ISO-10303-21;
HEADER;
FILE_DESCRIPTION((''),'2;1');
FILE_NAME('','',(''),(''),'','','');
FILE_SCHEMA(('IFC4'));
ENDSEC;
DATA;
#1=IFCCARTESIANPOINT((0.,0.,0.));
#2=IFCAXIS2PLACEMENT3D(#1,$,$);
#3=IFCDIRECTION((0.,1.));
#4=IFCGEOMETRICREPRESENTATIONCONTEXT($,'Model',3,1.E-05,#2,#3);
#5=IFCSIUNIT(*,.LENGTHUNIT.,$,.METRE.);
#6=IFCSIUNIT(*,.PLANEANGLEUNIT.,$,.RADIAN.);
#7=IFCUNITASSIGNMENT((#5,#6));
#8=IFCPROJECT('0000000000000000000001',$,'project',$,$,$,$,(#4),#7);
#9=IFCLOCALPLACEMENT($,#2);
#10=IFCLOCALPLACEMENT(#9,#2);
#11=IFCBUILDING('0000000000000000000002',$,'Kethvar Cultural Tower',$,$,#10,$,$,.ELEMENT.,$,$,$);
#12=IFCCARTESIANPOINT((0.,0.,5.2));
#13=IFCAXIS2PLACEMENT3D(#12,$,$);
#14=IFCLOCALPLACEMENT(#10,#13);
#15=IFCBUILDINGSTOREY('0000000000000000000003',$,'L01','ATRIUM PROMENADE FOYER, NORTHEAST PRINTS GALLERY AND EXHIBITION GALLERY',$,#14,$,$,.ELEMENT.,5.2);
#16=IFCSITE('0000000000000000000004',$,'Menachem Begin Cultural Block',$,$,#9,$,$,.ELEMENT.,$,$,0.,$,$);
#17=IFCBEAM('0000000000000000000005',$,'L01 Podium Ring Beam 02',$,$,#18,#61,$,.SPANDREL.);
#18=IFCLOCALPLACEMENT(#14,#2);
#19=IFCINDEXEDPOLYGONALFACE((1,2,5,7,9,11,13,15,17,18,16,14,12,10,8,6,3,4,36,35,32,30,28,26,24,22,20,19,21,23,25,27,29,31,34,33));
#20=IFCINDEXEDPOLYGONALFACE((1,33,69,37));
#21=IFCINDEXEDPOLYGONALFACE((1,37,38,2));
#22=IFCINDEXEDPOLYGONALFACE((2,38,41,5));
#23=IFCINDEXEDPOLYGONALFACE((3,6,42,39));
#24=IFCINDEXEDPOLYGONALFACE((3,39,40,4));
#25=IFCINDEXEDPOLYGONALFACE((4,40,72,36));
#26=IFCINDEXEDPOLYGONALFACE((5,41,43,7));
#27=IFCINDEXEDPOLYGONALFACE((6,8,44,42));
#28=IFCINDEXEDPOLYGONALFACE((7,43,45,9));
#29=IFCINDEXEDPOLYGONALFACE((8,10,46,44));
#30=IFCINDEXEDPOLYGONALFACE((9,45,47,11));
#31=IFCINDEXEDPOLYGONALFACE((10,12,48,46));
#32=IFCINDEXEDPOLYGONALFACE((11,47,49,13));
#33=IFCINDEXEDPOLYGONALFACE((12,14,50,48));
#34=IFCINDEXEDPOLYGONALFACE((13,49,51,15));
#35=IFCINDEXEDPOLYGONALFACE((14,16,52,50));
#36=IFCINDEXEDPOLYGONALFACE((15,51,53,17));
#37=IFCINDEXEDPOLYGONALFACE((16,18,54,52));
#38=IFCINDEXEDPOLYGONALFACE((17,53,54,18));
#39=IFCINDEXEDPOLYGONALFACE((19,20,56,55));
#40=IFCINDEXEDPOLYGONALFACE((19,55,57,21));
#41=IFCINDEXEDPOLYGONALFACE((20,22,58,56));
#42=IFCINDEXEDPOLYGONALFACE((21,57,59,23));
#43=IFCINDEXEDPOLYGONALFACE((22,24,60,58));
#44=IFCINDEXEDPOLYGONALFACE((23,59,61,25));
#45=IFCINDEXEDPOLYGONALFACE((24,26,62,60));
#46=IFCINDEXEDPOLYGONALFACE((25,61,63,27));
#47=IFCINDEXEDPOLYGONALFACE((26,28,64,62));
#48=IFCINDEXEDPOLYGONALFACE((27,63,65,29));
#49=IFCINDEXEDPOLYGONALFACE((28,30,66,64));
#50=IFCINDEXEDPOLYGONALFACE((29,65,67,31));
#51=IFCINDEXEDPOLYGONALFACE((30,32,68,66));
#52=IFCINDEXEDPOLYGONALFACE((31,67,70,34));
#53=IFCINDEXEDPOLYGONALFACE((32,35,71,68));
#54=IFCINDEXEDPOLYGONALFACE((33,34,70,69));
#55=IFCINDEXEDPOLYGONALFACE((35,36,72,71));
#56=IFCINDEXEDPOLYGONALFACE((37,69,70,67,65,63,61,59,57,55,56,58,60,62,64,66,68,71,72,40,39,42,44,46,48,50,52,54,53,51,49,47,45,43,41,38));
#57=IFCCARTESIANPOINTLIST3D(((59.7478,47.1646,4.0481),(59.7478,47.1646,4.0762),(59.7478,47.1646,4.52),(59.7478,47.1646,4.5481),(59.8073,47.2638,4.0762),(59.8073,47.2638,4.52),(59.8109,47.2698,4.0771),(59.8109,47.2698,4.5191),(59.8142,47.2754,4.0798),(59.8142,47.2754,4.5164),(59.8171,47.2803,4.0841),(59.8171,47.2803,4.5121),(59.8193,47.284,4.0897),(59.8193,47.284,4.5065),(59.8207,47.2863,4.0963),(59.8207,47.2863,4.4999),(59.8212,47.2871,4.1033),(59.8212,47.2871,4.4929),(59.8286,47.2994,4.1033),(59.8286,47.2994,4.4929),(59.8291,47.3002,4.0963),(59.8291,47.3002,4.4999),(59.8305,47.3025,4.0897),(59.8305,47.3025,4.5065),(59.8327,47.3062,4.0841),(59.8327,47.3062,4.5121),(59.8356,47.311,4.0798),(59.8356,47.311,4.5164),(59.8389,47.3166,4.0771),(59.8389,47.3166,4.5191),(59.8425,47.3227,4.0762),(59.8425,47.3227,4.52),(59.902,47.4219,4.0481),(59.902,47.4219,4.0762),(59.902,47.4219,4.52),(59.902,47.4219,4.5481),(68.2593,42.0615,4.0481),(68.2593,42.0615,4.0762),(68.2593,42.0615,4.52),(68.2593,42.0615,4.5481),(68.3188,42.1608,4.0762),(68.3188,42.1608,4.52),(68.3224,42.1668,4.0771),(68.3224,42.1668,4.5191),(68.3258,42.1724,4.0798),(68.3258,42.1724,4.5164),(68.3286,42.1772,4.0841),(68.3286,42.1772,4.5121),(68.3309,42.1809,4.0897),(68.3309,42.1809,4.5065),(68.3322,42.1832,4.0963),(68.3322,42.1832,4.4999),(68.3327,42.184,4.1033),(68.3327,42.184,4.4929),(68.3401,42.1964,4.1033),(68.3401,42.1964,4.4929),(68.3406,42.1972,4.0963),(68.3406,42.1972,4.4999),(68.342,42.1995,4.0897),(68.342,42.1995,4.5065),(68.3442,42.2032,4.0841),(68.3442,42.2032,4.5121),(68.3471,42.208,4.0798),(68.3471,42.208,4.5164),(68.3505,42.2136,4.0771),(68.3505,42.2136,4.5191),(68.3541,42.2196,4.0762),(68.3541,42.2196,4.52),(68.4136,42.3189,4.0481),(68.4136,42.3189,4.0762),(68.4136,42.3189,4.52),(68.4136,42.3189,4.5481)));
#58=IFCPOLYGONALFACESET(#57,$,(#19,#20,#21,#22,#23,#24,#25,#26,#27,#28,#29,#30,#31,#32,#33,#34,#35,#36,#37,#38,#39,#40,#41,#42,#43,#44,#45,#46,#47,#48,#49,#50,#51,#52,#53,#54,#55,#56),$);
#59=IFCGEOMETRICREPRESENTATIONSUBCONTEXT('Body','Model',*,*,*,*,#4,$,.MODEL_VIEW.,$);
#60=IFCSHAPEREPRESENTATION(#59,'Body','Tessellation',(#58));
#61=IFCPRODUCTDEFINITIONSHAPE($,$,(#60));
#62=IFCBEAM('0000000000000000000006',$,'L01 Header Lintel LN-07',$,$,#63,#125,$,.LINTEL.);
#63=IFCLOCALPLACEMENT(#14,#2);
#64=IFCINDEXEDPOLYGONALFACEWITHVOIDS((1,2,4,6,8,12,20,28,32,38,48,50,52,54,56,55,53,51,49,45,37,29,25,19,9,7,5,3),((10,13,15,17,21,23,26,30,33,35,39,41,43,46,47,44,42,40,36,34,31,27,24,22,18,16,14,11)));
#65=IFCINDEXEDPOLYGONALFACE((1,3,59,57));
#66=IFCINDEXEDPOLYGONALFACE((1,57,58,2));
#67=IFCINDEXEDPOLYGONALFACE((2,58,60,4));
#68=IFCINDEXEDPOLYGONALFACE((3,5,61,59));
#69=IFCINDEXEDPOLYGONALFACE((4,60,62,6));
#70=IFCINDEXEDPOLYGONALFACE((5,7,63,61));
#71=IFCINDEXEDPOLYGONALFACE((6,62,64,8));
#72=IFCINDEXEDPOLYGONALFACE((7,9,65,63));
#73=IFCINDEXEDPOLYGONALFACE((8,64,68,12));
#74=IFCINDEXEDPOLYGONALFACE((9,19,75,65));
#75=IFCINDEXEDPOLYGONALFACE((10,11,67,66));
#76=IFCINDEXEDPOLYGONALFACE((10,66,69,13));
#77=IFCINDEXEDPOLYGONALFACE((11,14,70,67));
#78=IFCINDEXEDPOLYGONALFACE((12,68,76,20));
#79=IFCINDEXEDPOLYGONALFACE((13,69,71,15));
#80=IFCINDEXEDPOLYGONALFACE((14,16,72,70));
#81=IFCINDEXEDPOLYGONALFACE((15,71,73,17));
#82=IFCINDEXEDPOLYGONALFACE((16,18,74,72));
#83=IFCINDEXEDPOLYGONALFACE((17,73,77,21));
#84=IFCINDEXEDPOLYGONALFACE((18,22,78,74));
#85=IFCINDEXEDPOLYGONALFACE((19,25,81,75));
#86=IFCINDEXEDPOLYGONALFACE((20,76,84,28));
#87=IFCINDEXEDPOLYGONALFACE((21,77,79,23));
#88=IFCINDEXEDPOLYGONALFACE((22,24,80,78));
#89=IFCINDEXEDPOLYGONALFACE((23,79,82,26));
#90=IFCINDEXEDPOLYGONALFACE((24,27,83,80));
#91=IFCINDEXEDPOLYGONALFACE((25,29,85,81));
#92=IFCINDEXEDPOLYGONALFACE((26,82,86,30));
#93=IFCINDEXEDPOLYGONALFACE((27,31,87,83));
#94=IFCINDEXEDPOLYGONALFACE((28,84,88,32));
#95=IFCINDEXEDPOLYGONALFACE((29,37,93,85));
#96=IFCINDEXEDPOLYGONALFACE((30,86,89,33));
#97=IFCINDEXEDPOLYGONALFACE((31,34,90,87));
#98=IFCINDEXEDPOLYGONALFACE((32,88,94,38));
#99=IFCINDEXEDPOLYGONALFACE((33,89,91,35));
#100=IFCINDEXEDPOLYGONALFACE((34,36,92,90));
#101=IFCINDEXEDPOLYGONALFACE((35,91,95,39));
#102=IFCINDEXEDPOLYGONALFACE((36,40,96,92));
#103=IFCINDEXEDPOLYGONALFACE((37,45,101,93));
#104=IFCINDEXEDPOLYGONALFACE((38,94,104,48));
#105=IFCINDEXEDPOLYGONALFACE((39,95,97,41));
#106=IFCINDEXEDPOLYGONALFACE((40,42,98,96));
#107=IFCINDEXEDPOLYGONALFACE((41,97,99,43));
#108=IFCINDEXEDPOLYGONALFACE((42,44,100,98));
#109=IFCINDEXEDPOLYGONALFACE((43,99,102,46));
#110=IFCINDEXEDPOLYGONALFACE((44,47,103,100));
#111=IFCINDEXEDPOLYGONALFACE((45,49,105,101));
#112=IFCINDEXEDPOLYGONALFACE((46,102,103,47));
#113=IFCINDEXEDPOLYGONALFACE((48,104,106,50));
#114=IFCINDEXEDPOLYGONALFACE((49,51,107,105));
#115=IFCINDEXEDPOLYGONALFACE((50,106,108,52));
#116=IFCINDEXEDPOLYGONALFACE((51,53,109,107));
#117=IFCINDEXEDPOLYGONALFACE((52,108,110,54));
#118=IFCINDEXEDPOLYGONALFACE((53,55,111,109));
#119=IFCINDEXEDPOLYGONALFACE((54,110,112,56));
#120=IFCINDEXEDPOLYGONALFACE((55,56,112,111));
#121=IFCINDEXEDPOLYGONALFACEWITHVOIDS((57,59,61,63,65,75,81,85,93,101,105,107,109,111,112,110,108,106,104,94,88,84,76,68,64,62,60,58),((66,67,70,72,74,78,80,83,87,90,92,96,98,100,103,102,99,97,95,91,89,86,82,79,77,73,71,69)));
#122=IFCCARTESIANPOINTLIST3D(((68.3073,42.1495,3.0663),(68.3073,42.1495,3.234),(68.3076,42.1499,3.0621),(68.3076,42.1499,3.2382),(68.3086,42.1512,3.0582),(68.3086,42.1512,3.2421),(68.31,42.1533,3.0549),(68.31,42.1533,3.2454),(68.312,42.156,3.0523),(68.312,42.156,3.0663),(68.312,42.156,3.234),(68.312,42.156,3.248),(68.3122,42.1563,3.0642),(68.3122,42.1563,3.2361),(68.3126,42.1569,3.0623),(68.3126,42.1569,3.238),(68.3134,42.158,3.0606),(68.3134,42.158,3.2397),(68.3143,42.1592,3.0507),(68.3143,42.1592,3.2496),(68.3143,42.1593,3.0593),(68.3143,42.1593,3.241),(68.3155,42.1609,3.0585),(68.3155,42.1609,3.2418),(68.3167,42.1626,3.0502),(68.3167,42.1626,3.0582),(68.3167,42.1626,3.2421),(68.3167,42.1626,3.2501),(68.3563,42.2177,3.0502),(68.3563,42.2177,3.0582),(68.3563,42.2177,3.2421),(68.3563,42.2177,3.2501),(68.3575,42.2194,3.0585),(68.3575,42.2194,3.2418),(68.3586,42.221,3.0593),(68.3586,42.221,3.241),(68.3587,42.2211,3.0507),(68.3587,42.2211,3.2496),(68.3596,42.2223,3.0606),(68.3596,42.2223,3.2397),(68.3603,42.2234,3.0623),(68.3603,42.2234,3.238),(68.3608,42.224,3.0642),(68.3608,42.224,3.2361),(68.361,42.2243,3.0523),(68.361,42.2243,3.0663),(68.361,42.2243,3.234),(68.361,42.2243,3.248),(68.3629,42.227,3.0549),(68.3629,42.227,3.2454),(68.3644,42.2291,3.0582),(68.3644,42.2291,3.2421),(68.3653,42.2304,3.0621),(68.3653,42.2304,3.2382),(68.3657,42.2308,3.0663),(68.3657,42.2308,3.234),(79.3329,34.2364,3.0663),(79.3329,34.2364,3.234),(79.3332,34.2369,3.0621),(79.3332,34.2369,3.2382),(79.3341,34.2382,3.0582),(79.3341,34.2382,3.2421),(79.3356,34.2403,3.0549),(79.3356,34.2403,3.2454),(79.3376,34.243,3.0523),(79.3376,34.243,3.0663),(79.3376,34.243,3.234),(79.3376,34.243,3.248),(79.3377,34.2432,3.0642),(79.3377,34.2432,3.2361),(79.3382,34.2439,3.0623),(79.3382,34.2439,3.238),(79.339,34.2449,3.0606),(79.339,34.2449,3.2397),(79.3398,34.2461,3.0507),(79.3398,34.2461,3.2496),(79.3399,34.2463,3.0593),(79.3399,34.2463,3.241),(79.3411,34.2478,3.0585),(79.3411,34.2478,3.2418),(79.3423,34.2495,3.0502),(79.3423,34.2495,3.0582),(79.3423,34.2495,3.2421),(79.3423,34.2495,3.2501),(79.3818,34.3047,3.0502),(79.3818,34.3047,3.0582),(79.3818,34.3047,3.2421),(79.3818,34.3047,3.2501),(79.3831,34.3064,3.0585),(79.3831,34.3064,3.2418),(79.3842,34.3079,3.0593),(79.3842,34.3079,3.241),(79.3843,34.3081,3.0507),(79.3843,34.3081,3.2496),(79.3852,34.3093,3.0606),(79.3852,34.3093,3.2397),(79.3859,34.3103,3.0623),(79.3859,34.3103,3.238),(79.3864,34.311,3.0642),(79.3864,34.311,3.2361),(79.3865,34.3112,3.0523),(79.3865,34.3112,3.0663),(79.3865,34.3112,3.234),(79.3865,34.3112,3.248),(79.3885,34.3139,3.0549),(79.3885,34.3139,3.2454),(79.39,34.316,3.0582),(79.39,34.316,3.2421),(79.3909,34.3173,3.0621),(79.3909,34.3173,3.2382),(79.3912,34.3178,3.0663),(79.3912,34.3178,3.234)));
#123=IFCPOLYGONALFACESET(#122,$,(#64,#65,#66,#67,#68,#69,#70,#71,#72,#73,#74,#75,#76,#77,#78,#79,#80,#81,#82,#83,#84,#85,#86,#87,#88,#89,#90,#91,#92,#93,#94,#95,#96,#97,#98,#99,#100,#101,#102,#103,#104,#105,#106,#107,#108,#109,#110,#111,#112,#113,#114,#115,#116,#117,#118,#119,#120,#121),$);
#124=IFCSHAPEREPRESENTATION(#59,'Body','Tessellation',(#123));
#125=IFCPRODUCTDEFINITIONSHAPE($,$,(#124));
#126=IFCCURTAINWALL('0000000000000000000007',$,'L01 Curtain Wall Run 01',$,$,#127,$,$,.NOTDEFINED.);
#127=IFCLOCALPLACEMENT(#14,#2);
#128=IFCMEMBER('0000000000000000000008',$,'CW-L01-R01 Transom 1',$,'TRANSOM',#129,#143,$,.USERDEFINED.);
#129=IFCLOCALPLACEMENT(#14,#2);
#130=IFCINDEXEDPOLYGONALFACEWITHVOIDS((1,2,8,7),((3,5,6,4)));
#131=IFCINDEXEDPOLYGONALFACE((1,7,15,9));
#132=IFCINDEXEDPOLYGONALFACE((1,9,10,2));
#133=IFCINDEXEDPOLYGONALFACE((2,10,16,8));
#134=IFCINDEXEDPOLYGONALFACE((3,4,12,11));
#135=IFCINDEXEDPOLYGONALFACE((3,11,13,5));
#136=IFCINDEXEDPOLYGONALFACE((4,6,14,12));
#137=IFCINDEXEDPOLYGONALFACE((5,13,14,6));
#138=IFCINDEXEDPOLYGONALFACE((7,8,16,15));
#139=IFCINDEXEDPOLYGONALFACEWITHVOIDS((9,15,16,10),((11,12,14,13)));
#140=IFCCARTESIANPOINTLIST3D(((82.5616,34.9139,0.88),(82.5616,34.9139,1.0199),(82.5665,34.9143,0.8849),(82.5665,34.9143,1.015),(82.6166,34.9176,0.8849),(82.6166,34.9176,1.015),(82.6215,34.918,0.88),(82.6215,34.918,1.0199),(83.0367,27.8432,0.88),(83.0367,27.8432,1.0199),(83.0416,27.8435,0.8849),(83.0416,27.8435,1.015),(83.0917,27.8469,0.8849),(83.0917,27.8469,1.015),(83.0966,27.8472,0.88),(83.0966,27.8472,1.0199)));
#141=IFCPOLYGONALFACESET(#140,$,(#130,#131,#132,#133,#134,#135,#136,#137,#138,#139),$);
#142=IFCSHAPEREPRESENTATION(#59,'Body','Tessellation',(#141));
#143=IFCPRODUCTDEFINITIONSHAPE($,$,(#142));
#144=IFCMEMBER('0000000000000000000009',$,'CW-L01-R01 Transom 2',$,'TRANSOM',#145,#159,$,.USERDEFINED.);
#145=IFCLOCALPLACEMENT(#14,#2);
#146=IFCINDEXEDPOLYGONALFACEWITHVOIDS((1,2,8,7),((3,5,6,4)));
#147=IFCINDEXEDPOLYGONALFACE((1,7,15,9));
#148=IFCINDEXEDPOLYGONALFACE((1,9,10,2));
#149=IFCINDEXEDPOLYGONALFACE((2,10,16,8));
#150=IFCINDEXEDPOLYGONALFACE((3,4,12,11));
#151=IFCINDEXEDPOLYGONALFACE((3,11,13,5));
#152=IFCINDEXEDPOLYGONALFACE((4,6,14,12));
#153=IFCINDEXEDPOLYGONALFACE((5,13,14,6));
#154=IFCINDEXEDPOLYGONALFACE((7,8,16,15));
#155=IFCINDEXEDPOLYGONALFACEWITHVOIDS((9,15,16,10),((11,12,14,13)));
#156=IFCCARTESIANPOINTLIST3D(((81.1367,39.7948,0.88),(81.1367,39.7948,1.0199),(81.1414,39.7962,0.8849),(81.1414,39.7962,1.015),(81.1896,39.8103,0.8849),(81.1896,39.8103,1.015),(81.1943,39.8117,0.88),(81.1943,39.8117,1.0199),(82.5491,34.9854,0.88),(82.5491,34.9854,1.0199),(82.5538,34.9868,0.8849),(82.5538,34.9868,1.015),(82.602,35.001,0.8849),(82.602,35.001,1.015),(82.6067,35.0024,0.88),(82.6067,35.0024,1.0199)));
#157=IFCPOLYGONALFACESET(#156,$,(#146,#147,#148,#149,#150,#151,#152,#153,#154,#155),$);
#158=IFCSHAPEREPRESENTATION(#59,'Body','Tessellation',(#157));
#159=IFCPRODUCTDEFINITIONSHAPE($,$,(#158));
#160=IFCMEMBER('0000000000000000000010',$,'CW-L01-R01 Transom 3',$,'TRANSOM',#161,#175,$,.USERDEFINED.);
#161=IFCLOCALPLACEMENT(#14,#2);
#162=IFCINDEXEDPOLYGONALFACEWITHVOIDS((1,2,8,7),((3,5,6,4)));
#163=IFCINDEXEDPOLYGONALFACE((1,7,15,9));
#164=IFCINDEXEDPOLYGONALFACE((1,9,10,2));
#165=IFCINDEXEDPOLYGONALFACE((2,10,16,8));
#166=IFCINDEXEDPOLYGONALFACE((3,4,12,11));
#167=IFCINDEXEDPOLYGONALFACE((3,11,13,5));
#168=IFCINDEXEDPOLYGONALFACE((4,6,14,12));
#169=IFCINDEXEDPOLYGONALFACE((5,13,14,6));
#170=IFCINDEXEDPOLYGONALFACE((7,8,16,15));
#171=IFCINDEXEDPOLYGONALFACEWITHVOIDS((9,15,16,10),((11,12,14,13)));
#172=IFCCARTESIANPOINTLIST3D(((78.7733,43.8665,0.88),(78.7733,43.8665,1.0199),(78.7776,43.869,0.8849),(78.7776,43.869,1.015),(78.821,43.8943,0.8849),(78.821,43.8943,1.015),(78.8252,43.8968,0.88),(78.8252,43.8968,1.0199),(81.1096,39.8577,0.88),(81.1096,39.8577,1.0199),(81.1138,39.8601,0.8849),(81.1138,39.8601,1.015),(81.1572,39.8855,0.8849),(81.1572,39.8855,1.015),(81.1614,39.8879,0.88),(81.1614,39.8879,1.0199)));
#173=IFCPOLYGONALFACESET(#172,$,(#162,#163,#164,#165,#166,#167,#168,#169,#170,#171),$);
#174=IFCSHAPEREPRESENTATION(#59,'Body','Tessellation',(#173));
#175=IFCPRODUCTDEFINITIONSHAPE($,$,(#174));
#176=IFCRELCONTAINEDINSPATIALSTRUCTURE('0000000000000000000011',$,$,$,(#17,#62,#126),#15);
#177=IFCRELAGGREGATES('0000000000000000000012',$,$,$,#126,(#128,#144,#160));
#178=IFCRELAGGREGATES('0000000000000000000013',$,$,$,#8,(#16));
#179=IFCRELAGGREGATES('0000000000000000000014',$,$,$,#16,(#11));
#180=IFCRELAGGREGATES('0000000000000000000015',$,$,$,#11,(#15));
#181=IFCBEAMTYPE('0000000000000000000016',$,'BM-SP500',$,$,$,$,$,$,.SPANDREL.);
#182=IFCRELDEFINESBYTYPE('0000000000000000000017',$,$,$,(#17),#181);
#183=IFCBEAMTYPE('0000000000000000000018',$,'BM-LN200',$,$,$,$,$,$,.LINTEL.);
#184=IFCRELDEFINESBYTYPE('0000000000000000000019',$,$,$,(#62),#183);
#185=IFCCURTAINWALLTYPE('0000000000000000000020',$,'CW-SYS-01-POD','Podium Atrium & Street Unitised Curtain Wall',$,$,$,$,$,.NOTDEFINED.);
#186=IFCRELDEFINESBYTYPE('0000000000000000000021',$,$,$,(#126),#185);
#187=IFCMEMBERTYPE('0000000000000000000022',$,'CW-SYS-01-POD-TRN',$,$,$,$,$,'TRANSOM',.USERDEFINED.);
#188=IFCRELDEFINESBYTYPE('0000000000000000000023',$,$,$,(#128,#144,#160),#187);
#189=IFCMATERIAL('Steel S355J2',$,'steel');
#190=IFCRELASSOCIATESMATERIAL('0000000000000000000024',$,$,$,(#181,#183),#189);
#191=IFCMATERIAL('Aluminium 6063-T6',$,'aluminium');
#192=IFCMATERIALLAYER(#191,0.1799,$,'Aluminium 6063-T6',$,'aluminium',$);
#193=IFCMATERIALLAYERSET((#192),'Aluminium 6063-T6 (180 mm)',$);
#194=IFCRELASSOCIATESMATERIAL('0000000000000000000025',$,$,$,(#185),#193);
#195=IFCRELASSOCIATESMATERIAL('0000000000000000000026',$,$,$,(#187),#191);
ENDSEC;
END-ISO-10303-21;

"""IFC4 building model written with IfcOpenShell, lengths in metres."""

from ifc_helpers import new_model, si_unit, direction, frame, origin, origin_2d, place, context, subcontext, project, spatial, hollow_rectangle, i_section, extrude, source, transform, mapped, material, layer, layer_set, material_profile, profile_set, type_object, element, aggregate, save


model = new_model("IFC4")

# Units and contexts
model_context = context("Model", 3, precision=1e-05, world=origin(), true_north=direction((0.0, 1.0)))
body_context = subcontext(model_context, "Body", "Model", "MODEL_VIEW")
ifc_project = project(units=[si_unit("LENGTHUNIT", "METRE"), si_unit("PLANEANGLEUNIT", "RADIAN")], contexts=[model_context])

# Site, building, storey
site_placement = place(None, origin())
site = spatial("IfcSite", under=ifc_project, at=site_placement, Name="Menachem Begin Cultural Block", CompositionType="ELEMENT", RefElevation=0.0)
building_placement = place(site_placement, origin())
building = spatial("IfcBuilding", under=site, at=building_placement, Name="Kethvar Cultural Tower", CompositionType="ELEMENT")
storey_placement = place(building_placement, frame((0.0, 0.0, 5.2)))
storey = spatial("IfcBuildingStorey", under=building, at=storey_placement, Name="L01", Description="ATRIUM PROMENADE FOYER, NORTHEAST PRINTS GALLERY AND EXHIBITION GALLERY", CompositionType="ELEMENT", Elevation=5.2)

# Beams
ifc_material_1 = material(Name="Steel S355J2", Category="steel")
ifc_material_profile_1 = material_profile(ifc_material_1, i_section(OverallWidth=0.3, OverallDepth=0.5, WebThickness=0.0144, FlangeThickness=0.0281, FilletRadius=0.0271, at=origin_2d()), Name="Steel S355J2 — HEB500")
ifc_profile_set_1 = profile_set([ifc_material_profile_1], Name="Steel S355J2 — HEB500")
beam_type_1 = type_object("IfcBeamType", Name="BM-SP500", PredefinedType="SPANDREL", material=ifc_profile_set_1)
shared_shape_1 = source(origin(), body_context, "Body", "SweptSolid", [
    extrude(i_section(OverallWidth=0.3, OverallDepth=0.5, WebThickness=0.0144, FlangeThickness=0.0281, FilletRadius=0.0271, at=origin_2d()), origin(), (0.0, 0.0, 1.0), 9.9241),
])
beam_1_placement = place(storey_placement, frame((68.3364, 42.1902, 4.2981), z_axis=(-0.857664, 0.51421, 0.0), x_axis=(-0.51421, -0.857664, 0.0)))
element("IfcBeam", 1, at=beam_1_placement, inside=storey, type_object=beam_type_1, Name="L01 Podium Ring Beam 02", PredefinedType="SPANDREL", context=body_context, shape_type="MappedRepresentation", body=[
    mapped(shared_shape_1, transform((0.0, 0.0, 0.0), scale=1.0)),
])
ifc_material_profile_2 = material_profile(ifc_material_1, hollow_rectangle(XDim=0.1001, YDim=0.2, WallThickness=0.0081, InnerFilletRadius=0.0081, OuterFilletRadius=0.0161, at=origin_2d()), Name="Steel S355J2 — RHS200x100x8")
ifc_profile_set_2 = profile_set([ifc_material_profile_2], Name="Steel S355J2 — RHS200x100x8")
beam_type_2 = type_object("IfcBeamType", Name="BM-LN200", PredefinedType="LINTEL", material=ifc_profile_set_2)
shared_shape_2 = source(origin(), body_context, "Body", "SweptSolid", [
    extrude(hollow_rectangle(XDim=0.1001, YDim=0.2, WallThickness=0.0081, InnerFilletRadius=0.0081, OuterFilletRadius=0.0161, at=origin_2d()), origin(), (0.0, 0.0, 1.0), 13.5713),
])
beam_2_placement = place(storey_placement, frame((79.3621, 34.2771, 3.1501), z_axis=(-0.81242, 0.583073, 0.0), x_axis=(-0.583073, -0.81242, 0.0)))
element("IfcBeam", 2, at=beam_2_placement, inside=storey, type_object=beam_type_2, Name="L01 Header Lintel LN-07", PredefinedType="LINTEL", context=body_context, shape_type="MappedRepresentation", body=[
    mapped(shared_shape_2, transform((0.0, 0.0, 0.0), scale=1.0)),
])

# Curtain wall, members
ifc_material_2 = material(Name="Aluminium 6063-T6", Category="aluminium")
ifc_layer_1 = layer(ifc_material_2, 0.1799, Name="Aluminium 6063-T6", Category="aluminium")
ifc_layer_set_1 = layer_set([ifc_layer_1], Name="Aluminium 6063-T6 (180 mm)")
curtain_wall_type = type_object("IfcCurtainWallType", Name="CW-SYS-01-POD", Description="Podium Atrium & Street Unitised Curtain Wall", PredefinedType="NOTDEFINED", material=ifc_layer_set_1)
curtain_wall_1_placement = place(storey_placement, origin())
curtain_wall_1 = element("IfcCurtainWall", 3, at=curtain_wall_1_placement, inside=storey, type_object=curtain_wall_type, Name="L01 Curtain Wall Run 01", PredefinedType="NOTDEFINED")
ifc_material_profile_3 = material_profile(ifc_material_2, hollow_rectangle(XDim=0.0601, YDim=0.1399, WallThickness=0.0049, at=origin_2d()), Name="Aluminium 6063-T6 — RHS140x60x5")
ifc_profile_set_3 = profile_set([ifc_material_profile_3], Name="Aluminium 6063-T6 — RHS140x60x5")
member_type_1 = type_object("IfcMemberType", Name="CW-SYS-01-POD-TRN", ElementType="TRANSOM", PredefinedType="USERDEFINED", material=ifc_profile_set_3)
shared_shape_3 = source(origin(), body_context, "Body", "SweptSolid", [
    extrude(hollow_rectangle(XDim=0.0601, YDim=0.1399, WallThickness=0.0049, at=origin_2d()), origin(), (0.0, 0.0, 1.0), 7.0867),
])
member_1_placement = place(storey_placement, frame((83.0667, 27.8452, 0.95), z_axis=(-0.06704, 0.99775, 0.0), x_axis=(-0.99775, -0.06704, 0.0)))
member_1 = element("IfcMember", 4, at=member_1_placement, type_object=member_type_1, Name="CW-L01-R01 Transom 1", ObjectType="TRANSOM", PredefinedType="USERDEFINED", context=body_context, shape_type="MappedRepresentation", body=[
    mapped(shared_shape_3, transform((0.0, 0.0, 0.0), scale=1.0)),
])
shared_shape_4 = source(origin(), body_context, "Body", "SweptSolid", [
    extrude(hollow_rectangle(XDim=0.0601, YDim=0.1399, WallThickness=0.0049, at=origin_2d()), origin(), (0.0, 0.0, 1.0), 5.0125),
])
member_2_placement = place(storey_placement, frame((82.5779, 34.9939, 0.95), z_axis=(-0.281771, 0.959482, 0.0), x_axis=(-0.959482, -0.281771, 0.0)))
member_2 = element("IfcMember", 5, at=member_2_placement, type_object=member_type_1, Name="CW-L01-R01 Transom 2", ObjectType="TRANSOM", PredefinedType="USERDEFINED", context=body_context, shape_type="MappedRepresentation", body=[
    mapped(shared_shape_4, transform((0.0, 0.0, 0.0), scale=1.0)),
])
shared_shape_5 = source(origin(), body_context, "Body", "SweptSolid", [
    extrude(hollow_rectangle(XDim=0.0601, YDim=0.1399, WallThickness=0.0049, at=origin_2d()), origin(), (0.0, 0.0, 1.0), 4.6399),
])
member_3_placement = place(storey_placement, frame((81.1355, 39.8728, 0.95), z_axis=(-0.503505, 0.863993, 0.0), x_axis=(-0.863993, -0.503505, 0.0)))
member_3 = element("IfcMember", 6, at=member_3_placement, type_object=member_type_1, Name="CW-L01-R01 Transom 3", ObjectType="TRANSOM", PredefinedType="USERDEFINED", context=body_context, shape_type="MappedRepresentation", body=[
    mapped(shared_shape_5, transform((0.0, 0.0, 0.0), scale=1.0)),
])

aggregate(curtain_wall_1, [member_1, member_2, member_3])

save(model, "model.ifc")
